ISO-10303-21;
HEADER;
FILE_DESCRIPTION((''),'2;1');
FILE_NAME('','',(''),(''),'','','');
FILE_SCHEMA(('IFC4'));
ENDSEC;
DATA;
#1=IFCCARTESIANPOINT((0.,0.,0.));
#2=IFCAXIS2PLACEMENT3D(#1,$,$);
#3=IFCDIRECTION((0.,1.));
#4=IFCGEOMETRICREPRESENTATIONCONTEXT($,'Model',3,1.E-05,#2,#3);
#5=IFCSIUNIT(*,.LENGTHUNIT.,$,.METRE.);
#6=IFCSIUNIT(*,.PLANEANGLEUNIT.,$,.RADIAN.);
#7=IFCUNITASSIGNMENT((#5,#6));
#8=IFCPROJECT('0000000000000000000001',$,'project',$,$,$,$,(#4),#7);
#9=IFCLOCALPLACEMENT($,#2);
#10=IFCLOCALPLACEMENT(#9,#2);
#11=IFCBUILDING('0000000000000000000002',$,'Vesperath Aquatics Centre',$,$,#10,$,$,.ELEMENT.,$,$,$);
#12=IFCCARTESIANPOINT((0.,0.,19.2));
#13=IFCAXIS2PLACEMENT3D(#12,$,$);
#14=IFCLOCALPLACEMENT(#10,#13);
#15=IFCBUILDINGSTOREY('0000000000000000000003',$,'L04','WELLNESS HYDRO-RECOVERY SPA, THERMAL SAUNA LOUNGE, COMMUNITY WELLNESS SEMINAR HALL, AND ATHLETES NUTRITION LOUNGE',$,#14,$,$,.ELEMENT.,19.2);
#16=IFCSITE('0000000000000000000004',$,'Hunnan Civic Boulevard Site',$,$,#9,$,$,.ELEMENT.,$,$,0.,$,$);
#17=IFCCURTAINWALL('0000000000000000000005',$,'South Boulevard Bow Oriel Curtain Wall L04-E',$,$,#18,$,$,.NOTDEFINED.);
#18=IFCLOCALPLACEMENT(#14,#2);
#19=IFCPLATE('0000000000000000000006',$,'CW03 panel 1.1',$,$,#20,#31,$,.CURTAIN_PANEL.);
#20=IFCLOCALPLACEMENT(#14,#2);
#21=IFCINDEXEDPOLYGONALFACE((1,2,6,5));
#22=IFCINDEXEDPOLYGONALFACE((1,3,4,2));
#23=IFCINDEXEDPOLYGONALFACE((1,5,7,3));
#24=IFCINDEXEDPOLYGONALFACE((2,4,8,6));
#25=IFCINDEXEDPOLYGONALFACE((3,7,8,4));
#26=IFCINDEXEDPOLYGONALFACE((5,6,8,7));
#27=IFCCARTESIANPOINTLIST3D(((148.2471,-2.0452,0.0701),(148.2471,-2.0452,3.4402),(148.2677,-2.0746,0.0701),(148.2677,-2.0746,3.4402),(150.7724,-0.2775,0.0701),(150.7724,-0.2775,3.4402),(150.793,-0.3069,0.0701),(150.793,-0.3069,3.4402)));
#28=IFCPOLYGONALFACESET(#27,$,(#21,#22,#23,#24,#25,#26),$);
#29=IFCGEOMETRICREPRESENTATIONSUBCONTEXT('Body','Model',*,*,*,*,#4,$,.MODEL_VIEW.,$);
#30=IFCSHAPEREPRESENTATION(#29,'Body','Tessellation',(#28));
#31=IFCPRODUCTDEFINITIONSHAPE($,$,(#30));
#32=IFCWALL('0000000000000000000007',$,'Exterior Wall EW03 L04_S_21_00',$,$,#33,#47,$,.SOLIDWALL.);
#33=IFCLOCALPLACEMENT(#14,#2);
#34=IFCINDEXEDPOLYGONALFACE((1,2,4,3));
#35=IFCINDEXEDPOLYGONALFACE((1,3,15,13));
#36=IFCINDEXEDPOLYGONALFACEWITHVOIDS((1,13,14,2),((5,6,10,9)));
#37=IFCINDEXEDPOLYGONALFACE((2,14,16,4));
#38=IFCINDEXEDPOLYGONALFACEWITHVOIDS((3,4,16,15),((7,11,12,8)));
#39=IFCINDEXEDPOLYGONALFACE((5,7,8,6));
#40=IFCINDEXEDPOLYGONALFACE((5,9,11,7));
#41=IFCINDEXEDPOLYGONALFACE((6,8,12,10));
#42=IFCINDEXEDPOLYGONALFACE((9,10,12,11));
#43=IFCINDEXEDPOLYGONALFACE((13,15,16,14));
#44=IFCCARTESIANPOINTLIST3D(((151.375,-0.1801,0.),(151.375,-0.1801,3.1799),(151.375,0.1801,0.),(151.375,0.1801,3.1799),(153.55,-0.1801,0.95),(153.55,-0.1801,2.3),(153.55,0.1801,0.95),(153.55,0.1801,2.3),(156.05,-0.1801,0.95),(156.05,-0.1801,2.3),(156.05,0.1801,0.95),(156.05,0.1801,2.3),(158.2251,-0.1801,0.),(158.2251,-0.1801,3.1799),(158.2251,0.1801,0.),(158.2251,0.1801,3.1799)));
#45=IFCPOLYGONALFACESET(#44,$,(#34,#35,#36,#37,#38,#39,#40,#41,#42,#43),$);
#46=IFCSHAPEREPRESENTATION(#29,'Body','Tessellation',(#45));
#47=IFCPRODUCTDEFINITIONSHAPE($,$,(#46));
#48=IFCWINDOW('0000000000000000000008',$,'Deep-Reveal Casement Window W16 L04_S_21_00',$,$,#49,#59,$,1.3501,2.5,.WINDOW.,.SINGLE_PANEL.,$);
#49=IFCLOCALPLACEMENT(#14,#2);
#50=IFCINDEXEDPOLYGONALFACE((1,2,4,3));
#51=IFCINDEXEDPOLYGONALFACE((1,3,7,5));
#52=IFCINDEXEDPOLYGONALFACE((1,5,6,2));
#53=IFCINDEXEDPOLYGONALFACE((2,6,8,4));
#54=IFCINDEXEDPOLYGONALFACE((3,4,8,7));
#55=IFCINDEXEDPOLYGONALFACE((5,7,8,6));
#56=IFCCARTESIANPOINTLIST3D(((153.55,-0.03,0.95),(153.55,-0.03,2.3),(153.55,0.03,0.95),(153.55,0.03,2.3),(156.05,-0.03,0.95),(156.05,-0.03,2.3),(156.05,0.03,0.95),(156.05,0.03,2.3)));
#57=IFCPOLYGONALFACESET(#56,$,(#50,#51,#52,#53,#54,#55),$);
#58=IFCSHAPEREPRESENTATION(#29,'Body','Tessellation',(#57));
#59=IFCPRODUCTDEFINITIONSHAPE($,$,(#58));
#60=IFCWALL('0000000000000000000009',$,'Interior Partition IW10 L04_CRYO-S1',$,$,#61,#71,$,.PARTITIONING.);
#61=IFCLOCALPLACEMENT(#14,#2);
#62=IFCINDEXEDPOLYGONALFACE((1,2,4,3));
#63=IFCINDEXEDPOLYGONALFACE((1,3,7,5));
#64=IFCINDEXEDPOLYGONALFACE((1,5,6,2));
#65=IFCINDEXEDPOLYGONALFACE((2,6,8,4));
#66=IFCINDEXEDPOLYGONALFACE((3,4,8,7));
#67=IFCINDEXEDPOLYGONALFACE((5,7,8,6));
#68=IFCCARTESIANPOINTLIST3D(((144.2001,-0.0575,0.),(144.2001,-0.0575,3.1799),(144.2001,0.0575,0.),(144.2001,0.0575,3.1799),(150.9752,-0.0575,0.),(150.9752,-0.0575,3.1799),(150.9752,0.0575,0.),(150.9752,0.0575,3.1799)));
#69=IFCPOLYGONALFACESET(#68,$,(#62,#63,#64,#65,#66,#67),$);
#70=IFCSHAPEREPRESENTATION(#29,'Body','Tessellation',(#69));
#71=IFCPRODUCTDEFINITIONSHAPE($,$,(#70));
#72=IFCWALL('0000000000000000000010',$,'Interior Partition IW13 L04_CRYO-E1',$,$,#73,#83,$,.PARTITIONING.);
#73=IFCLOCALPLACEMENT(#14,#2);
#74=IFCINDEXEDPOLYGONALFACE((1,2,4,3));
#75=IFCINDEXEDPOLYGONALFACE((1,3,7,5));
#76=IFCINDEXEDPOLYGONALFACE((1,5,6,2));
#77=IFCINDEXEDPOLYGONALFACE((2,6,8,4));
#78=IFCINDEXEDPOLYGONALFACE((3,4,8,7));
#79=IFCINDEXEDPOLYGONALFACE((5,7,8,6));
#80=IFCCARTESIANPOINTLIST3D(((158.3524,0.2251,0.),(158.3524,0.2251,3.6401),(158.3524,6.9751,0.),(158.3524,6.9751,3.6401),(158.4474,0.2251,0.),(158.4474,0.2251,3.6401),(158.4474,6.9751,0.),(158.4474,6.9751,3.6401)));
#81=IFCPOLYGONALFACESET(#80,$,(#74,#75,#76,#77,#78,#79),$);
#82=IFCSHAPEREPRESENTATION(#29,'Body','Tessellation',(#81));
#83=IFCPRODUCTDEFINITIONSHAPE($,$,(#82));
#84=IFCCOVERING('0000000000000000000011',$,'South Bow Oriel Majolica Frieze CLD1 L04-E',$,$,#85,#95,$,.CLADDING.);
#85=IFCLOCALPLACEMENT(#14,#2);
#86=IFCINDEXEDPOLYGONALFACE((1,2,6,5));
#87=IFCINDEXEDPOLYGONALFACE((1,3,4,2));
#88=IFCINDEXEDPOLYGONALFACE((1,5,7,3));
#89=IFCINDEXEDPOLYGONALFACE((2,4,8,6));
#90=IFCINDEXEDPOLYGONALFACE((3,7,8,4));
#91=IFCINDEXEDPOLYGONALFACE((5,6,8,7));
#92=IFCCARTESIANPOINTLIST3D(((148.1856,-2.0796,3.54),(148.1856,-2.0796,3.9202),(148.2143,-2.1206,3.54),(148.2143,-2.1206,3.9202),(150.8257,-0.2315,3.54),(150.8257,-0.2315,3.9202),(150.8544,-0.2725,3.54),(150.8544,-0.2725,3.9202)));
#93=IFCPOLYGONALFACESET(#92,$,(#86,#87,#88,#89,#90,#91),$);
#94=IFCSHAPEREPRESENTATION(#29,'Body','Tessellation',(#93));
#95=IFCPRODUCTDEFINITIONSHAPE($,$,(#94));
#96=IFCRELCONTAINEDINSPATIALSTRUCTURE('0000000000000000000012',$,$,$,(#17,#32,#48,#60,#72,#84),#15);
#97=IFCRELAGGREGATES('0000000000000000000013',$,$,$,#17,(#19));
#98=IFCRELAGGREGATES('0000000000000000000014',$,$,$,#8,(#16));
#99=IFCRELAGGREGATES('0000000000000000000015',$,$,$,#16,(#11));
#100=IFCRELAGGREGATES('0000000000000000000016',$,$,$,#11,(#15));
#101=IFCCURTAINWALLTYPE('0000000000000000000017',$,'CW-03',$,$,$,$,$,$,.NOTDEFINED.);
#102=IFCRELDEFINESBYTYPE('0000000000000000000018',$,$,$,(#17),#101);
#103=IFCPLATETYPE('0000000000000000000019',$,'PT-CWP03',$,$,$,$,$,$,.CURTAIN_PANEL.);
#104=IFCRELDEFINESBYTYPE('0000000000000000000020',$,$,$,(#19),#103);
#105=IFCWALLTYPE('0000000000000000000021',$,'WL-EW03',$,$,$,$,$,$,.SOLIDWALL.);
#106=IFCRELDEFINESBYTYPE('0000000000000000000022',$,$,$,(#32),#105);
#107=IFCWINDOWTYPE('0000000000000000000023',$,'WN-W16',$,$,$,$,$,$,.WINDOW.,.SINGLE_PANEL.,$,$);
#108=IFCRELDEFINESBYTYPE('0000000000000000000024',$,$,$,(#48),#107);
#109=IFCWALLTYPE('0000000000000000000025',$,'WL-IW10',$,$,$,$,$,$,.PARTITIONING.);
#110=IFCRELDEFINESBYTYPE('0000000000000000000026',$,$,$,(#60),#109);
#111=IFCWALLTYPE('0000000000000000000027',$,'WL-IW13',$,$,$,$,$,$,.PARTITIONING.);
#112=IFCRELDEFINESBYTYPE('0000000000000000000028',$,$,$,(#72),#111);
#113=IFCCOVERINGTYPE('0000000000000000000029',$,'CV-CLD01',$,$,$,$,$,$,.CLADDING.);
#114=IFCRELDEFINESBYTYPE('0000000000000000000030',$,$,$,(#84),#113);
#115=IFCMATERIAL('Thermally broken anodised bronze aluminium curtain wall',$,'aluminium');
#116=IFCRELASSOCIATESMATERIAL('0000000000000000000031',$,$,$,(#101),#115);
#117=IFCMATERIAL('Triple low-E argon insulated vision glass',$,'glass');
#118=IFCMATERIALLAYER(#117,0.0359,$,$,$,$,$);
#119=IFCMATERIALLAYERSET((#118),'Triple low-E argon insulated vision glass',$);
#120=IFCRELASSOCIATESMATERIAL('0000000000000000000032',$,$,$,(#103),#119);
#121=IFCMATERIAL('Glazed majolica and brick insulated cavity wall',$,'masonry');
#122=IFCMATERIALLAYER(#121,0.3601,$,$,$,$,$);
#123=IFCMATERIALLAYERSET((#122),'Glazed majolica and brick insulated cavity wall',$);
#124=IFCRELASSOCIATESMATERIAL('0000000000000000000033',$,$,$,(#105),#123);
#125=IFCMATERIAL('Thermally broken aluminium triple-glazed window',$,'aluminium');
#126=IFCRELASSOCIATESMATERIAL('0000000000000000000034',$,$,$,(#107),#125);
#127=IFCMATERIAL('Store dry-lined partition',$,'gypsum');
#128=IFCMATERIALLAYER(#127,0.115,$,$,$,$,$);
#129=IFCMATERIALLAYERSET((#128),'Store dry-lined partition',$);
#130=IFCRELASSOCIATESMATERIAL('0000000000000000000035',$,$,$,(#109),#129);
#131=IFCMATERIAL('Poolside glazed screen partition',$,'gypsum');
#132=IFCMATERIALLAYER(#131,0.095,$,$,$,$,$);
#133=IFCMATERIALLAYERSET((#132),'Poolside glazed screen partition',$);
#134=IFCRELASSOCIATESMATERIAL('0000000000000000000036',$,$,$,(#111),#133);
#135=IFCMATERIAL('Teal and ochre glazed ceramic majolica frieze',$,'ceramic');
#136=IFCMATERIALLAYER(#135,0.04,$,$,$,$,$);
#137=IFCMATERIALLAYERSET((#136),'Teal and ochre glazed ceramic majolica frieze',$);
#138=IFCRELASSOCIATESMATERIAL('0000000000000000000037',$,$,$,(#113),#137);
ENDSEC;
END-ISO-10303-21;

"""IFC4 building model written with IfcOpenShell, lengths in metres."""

from ifc_helpers import new_model, si_unit, direction, frame, frame_2d, origin, origin_2d, place, context, subcontext, project, spatial, rectangle, extrude, material, layer, layer_set, type_object, element, fill, aggregate, save


model = new_model("IFC4")

# Units and contexts
model_context = context("Model", 3, precision=1e-05, world=origin(), true_north=direction((0.0, 1.0)))
body_context = subcontext(model_context, "Body", "Model", "MODEL_VIEW")
ifc_project = project(units=[si_unit("LENGTHUNIT", "METRE"), si_unit("PLANEANGLEUNIT", "RADIAN")], contexts=[model_context])

# Site, building, storey
site_placement = place(None, origin())
site = spatial("IfcSite", under=ifc_project, at=site_placement, Name="Hunnan Civic Boulevard Site", CompositionType="ELEMENT", RefElevation=0.0)
building_placement = place(site_placement, origin())
building = spatial("IfcBuilding", under=site, at=building_placement, Name="Vesperath Aquatics Centre", CompositionType="ELEMENT")
storey_placement = place(building_placement, frame((0.0, 0.0, 19.2)))
storey = spatial("IfcBuildingStorey", under=building, at=storey_placement, Name="L04", Description="WELLNESS HYDRO-RECOVERY SPA, THERMAL SAUNA LOUNGE, COMMUNITY WELLNESS SEMINAR HALL, AND ATHLETES NUTRITION LOUNGE", CompositionType="ELEMENT", Elevation=19.2)

# Curtain wall
ifc_material_1 = material(Name="Thermally broken anodised bronze aluminium curtain wall", Category="aluminium")
curtain_wall_type = type_object("IfcCurtainWallType", Name="CW-03", PredefinedType="NOTDEFINED", material=ifc_material_1)
curtain_wall_1_placement = place(storey_placement, origin())
curtain_wall_1 = element("IfcCurtainWall", 1, at=curtain_wall_1_placement, inside=storey, type_object=curtain_wall_type, Name="South Boulevard Bow Oriel Curtain Wall L04-E", PredefinedType="NOTDEFINED")

# Plate
ifc_material_2 = material(Name="Triple low-E argon insulated vision glass", Category="glass")
ifc_layer_1 = layer(ifc_material_2, 0.0359)
ifc_layer_set_1 = layer_set([ifc_layer_1], Name="Triple low-E argon insulated vision glass")
plate_type = type_object("IfcPlateType", Name="PT-CWP03", PredefinedType="CURTAIN_PANEL", material=ifc_layer_set_1)
plate_1_placement = place(storey_placement, frame((149.52, -1.176, 0.0701), z_axis=(0.0, 0.0, 1.0), x_axis=(0.819232, 0.573462, 0.0)))
plate_1 = element("IfcPlate", 2, at=plate_1_placement, type_object=plate_type, Name="CW03 panel 1.1", PredefinedType="CURTAIN_PANEL", context=body_context, shape_type="SweptSolid", body=[
    extrude(rectangle(XDim=3.0825, YDim=0.0359, at=origin_2d()), origin(), (0.0, 0.0, 1.0), 3.3701),
])
aggregate(curtain_wall_1, [plate_1])

# Wall, opening, window
ifc_material_3 = material(Name="Glazed majolica and brick insulated cavity wall", Category="masonry")
ifc_layer_2 = layer(ifc_material_3, 0.3601)
ifc_layer_set_2 = layer_set([ifc_layer_2], Name="Glazed majolica and brick insulated cavity wall")
wall_type_1 = type_object("IfcWallType", Name="WL-EW03", PredefinedType="SOLIDWALL", material=ifc_layer_set_2)
wall_1_placement = place(storey_placement, frame((151.375, 0.0, 0.0), z_axis=(0.0, 0.0, 1.0), x_axis=(1.0, 0.0, 0.0)))
wall_1 = element("IfcWall", 3, at=wall_1_placement, inside=storey, type_object=wall_type_1, Name="Exterior Wall EW03 L04_S_21_00", PredefinedType="SOLIDWALL", context=body_context, shape_type="SweptSolid", body=[
    extrude(rectangle(XDim=6.8501, YDim=0.3601, at=frame_2d((3.425, 0.0))), origin(), (0.0, 0.0, 1.0), 3.1799),
])
opening_placement = place(wall_1_placement, frame((2.175, 0.0, 0.95)))
opening = element("IfcOpeningElement", 4, at=opening_placement, cuts=wall_1, PredefinedType="OPENING", context=body_context, shape_type="SweptSolid", body=[
    extrude(rectangle(XDim=2.5, YDim=1.3501, at=frame_2d((1.25, 0.675))), frame((0.0, 0.1948, 0.0), z_axis=(0.0, -1.0, 0.0), x_axis=(1.0, 0.0, 0.0)), (0.0, 0.0, 1.0), 0.3899),
])
ifc_material_4 = material(Name="Thermally broken aluminium triple-glazed window", Category="aluminium")
window_type = type_object("IfcWindowType", Name="WN-W16", PartitioningType="SINGLE_PANEL", PredefinedType="WINDOW", material=ifc_material_4)
window_placement = place(opening_placement, origin())
window = element("IfcWindow", 5, at=window_placement, inside=storey, type_object=window_type, Name="Deep-Reveal Casement Window W16 L04_S_21_00", OverallHeight=1.3501, OverallWidth=2.5, PartitioningType="SINGLE_PANEL", PredefinedType="WINDOW", context=body_context, shape_type="SweptSolid", body=[
    extrude(rectangle(XDim=2.5, YDim=1.3501, at=frame_2d((1.25, 0.675))), frame((0.0, 0.03, 0.0), z_axis=(0.0, -1.0, 0.0), x_axis=(1.0, 0.0, 0.0)), (0.0, 0.0, 1.0), 0.0601),
])
fill(opening, window)

# Walls
ifc_material_5 = material(Name="Store dry-lined partition", Category="gypsum")
ifc_layer_3 = layer(ifc_material_5, 0.115)
ifc_layer_set_3 = layer_set([ifc_layer_3], Name="Store dry-lined partition")
wall_type_2 = type_object("IfcWallType", Name="WL-IW10", PredefinedType="PARTITIONING", material=ifc_layer_set_3)
wall_2_placement = place(storey_placement, frame((144.2, 0.0, 0.0), z_axis=(0.0, 0.0, 1.0), x_axis=(1.0, 0.0, 0.0)))
element("IfcWall", 6, at=wall_2_placement, inside=storey, type_object=wall_type_2, Name="Interior Partition IW10 L04_CRYO-S1", PredefinedType="PARTITIONING", context=body_context, shape_type="SweptSolid", body=[
    extrude(rectangle(XDim=6.7751, YDim=0.115, at=frame_2d((3.3877, 0.0))), origin(), (0.0, 0.0, 1.0), 3.1799),
])
ifc_material_6 = material(Name="Poolside glazed screen partition", Category="gypsum")
ifc_layer_4 = layer(ifc_material_6, 0.095)
ifc_layer_set_4 = layer_set([ifc_layer_4], Name="Poolside glazed screen partition")
wall_type_3 = type_object("IfcWallType", Name="WL-IW13", PredefinedType="PARTITIONING", material=ifc_layer_set_4)
wall_3_placement = place(storey_placement, frame((158.3999, 0.2251, 0.0), z_axis=(0.0, 0.0, 1.0), x_axis=(0.0, 1.0, 0.0)))
element("IfcWall", 7, at=wall_3_placement, inside=storey, type_object=wall_type_3, Name="Interior Partition IW13 L04_CRYO-E1", PredefinedType="PARTITIONING", context=body_context, shape_type="SweptSolid", body=[
    extrude(rectangle(XDim=6.75, YDim=0.095, at=frame_2d((3.375, 0.0))), origin(), (0.0, 0.0, 1.0), 3.6401),
])

# Covering
ifc_material_7 = material(Name="Teal and ochre glazed ceramic majolica frieze", Category="ceramic")
ifc_layer_5 = layer(ifc_material_7, 0.04)
ifc_layer_set_5 = layer_set([ifc_layer_5], Name="Teal and ochre glazed ceramic majolica frieze")
covering_type = type_object("IfcCoveringType", Name="CV-CLD01", PredefinedType="CLADDING", material=ifc_layer_set_5)
covering_placement = place(storey_placement, frame((148.2, -2.1001, 3.54), z_axis=(0.0, 0.0, 1.0), x_axis=(0.819225, 0.573473, 0.0)))
element("IfcCovering", 8, at=covering_placement, inside=storey, type_object=covering_type, Name="South Bow Oriel Majolica Frieze CLD1 L04-E", PredefinedType="CLADDING", context=body_context, shape_type="SweptSolid", body=[
    extrude(rectangle(XDim=3.2227, YDim=0.05, at=frame_2d((1.6113, 0.0))), origin(), (0.0, 0.0, 1.0), 0.3801),
])

save(model, "model.ifc")
